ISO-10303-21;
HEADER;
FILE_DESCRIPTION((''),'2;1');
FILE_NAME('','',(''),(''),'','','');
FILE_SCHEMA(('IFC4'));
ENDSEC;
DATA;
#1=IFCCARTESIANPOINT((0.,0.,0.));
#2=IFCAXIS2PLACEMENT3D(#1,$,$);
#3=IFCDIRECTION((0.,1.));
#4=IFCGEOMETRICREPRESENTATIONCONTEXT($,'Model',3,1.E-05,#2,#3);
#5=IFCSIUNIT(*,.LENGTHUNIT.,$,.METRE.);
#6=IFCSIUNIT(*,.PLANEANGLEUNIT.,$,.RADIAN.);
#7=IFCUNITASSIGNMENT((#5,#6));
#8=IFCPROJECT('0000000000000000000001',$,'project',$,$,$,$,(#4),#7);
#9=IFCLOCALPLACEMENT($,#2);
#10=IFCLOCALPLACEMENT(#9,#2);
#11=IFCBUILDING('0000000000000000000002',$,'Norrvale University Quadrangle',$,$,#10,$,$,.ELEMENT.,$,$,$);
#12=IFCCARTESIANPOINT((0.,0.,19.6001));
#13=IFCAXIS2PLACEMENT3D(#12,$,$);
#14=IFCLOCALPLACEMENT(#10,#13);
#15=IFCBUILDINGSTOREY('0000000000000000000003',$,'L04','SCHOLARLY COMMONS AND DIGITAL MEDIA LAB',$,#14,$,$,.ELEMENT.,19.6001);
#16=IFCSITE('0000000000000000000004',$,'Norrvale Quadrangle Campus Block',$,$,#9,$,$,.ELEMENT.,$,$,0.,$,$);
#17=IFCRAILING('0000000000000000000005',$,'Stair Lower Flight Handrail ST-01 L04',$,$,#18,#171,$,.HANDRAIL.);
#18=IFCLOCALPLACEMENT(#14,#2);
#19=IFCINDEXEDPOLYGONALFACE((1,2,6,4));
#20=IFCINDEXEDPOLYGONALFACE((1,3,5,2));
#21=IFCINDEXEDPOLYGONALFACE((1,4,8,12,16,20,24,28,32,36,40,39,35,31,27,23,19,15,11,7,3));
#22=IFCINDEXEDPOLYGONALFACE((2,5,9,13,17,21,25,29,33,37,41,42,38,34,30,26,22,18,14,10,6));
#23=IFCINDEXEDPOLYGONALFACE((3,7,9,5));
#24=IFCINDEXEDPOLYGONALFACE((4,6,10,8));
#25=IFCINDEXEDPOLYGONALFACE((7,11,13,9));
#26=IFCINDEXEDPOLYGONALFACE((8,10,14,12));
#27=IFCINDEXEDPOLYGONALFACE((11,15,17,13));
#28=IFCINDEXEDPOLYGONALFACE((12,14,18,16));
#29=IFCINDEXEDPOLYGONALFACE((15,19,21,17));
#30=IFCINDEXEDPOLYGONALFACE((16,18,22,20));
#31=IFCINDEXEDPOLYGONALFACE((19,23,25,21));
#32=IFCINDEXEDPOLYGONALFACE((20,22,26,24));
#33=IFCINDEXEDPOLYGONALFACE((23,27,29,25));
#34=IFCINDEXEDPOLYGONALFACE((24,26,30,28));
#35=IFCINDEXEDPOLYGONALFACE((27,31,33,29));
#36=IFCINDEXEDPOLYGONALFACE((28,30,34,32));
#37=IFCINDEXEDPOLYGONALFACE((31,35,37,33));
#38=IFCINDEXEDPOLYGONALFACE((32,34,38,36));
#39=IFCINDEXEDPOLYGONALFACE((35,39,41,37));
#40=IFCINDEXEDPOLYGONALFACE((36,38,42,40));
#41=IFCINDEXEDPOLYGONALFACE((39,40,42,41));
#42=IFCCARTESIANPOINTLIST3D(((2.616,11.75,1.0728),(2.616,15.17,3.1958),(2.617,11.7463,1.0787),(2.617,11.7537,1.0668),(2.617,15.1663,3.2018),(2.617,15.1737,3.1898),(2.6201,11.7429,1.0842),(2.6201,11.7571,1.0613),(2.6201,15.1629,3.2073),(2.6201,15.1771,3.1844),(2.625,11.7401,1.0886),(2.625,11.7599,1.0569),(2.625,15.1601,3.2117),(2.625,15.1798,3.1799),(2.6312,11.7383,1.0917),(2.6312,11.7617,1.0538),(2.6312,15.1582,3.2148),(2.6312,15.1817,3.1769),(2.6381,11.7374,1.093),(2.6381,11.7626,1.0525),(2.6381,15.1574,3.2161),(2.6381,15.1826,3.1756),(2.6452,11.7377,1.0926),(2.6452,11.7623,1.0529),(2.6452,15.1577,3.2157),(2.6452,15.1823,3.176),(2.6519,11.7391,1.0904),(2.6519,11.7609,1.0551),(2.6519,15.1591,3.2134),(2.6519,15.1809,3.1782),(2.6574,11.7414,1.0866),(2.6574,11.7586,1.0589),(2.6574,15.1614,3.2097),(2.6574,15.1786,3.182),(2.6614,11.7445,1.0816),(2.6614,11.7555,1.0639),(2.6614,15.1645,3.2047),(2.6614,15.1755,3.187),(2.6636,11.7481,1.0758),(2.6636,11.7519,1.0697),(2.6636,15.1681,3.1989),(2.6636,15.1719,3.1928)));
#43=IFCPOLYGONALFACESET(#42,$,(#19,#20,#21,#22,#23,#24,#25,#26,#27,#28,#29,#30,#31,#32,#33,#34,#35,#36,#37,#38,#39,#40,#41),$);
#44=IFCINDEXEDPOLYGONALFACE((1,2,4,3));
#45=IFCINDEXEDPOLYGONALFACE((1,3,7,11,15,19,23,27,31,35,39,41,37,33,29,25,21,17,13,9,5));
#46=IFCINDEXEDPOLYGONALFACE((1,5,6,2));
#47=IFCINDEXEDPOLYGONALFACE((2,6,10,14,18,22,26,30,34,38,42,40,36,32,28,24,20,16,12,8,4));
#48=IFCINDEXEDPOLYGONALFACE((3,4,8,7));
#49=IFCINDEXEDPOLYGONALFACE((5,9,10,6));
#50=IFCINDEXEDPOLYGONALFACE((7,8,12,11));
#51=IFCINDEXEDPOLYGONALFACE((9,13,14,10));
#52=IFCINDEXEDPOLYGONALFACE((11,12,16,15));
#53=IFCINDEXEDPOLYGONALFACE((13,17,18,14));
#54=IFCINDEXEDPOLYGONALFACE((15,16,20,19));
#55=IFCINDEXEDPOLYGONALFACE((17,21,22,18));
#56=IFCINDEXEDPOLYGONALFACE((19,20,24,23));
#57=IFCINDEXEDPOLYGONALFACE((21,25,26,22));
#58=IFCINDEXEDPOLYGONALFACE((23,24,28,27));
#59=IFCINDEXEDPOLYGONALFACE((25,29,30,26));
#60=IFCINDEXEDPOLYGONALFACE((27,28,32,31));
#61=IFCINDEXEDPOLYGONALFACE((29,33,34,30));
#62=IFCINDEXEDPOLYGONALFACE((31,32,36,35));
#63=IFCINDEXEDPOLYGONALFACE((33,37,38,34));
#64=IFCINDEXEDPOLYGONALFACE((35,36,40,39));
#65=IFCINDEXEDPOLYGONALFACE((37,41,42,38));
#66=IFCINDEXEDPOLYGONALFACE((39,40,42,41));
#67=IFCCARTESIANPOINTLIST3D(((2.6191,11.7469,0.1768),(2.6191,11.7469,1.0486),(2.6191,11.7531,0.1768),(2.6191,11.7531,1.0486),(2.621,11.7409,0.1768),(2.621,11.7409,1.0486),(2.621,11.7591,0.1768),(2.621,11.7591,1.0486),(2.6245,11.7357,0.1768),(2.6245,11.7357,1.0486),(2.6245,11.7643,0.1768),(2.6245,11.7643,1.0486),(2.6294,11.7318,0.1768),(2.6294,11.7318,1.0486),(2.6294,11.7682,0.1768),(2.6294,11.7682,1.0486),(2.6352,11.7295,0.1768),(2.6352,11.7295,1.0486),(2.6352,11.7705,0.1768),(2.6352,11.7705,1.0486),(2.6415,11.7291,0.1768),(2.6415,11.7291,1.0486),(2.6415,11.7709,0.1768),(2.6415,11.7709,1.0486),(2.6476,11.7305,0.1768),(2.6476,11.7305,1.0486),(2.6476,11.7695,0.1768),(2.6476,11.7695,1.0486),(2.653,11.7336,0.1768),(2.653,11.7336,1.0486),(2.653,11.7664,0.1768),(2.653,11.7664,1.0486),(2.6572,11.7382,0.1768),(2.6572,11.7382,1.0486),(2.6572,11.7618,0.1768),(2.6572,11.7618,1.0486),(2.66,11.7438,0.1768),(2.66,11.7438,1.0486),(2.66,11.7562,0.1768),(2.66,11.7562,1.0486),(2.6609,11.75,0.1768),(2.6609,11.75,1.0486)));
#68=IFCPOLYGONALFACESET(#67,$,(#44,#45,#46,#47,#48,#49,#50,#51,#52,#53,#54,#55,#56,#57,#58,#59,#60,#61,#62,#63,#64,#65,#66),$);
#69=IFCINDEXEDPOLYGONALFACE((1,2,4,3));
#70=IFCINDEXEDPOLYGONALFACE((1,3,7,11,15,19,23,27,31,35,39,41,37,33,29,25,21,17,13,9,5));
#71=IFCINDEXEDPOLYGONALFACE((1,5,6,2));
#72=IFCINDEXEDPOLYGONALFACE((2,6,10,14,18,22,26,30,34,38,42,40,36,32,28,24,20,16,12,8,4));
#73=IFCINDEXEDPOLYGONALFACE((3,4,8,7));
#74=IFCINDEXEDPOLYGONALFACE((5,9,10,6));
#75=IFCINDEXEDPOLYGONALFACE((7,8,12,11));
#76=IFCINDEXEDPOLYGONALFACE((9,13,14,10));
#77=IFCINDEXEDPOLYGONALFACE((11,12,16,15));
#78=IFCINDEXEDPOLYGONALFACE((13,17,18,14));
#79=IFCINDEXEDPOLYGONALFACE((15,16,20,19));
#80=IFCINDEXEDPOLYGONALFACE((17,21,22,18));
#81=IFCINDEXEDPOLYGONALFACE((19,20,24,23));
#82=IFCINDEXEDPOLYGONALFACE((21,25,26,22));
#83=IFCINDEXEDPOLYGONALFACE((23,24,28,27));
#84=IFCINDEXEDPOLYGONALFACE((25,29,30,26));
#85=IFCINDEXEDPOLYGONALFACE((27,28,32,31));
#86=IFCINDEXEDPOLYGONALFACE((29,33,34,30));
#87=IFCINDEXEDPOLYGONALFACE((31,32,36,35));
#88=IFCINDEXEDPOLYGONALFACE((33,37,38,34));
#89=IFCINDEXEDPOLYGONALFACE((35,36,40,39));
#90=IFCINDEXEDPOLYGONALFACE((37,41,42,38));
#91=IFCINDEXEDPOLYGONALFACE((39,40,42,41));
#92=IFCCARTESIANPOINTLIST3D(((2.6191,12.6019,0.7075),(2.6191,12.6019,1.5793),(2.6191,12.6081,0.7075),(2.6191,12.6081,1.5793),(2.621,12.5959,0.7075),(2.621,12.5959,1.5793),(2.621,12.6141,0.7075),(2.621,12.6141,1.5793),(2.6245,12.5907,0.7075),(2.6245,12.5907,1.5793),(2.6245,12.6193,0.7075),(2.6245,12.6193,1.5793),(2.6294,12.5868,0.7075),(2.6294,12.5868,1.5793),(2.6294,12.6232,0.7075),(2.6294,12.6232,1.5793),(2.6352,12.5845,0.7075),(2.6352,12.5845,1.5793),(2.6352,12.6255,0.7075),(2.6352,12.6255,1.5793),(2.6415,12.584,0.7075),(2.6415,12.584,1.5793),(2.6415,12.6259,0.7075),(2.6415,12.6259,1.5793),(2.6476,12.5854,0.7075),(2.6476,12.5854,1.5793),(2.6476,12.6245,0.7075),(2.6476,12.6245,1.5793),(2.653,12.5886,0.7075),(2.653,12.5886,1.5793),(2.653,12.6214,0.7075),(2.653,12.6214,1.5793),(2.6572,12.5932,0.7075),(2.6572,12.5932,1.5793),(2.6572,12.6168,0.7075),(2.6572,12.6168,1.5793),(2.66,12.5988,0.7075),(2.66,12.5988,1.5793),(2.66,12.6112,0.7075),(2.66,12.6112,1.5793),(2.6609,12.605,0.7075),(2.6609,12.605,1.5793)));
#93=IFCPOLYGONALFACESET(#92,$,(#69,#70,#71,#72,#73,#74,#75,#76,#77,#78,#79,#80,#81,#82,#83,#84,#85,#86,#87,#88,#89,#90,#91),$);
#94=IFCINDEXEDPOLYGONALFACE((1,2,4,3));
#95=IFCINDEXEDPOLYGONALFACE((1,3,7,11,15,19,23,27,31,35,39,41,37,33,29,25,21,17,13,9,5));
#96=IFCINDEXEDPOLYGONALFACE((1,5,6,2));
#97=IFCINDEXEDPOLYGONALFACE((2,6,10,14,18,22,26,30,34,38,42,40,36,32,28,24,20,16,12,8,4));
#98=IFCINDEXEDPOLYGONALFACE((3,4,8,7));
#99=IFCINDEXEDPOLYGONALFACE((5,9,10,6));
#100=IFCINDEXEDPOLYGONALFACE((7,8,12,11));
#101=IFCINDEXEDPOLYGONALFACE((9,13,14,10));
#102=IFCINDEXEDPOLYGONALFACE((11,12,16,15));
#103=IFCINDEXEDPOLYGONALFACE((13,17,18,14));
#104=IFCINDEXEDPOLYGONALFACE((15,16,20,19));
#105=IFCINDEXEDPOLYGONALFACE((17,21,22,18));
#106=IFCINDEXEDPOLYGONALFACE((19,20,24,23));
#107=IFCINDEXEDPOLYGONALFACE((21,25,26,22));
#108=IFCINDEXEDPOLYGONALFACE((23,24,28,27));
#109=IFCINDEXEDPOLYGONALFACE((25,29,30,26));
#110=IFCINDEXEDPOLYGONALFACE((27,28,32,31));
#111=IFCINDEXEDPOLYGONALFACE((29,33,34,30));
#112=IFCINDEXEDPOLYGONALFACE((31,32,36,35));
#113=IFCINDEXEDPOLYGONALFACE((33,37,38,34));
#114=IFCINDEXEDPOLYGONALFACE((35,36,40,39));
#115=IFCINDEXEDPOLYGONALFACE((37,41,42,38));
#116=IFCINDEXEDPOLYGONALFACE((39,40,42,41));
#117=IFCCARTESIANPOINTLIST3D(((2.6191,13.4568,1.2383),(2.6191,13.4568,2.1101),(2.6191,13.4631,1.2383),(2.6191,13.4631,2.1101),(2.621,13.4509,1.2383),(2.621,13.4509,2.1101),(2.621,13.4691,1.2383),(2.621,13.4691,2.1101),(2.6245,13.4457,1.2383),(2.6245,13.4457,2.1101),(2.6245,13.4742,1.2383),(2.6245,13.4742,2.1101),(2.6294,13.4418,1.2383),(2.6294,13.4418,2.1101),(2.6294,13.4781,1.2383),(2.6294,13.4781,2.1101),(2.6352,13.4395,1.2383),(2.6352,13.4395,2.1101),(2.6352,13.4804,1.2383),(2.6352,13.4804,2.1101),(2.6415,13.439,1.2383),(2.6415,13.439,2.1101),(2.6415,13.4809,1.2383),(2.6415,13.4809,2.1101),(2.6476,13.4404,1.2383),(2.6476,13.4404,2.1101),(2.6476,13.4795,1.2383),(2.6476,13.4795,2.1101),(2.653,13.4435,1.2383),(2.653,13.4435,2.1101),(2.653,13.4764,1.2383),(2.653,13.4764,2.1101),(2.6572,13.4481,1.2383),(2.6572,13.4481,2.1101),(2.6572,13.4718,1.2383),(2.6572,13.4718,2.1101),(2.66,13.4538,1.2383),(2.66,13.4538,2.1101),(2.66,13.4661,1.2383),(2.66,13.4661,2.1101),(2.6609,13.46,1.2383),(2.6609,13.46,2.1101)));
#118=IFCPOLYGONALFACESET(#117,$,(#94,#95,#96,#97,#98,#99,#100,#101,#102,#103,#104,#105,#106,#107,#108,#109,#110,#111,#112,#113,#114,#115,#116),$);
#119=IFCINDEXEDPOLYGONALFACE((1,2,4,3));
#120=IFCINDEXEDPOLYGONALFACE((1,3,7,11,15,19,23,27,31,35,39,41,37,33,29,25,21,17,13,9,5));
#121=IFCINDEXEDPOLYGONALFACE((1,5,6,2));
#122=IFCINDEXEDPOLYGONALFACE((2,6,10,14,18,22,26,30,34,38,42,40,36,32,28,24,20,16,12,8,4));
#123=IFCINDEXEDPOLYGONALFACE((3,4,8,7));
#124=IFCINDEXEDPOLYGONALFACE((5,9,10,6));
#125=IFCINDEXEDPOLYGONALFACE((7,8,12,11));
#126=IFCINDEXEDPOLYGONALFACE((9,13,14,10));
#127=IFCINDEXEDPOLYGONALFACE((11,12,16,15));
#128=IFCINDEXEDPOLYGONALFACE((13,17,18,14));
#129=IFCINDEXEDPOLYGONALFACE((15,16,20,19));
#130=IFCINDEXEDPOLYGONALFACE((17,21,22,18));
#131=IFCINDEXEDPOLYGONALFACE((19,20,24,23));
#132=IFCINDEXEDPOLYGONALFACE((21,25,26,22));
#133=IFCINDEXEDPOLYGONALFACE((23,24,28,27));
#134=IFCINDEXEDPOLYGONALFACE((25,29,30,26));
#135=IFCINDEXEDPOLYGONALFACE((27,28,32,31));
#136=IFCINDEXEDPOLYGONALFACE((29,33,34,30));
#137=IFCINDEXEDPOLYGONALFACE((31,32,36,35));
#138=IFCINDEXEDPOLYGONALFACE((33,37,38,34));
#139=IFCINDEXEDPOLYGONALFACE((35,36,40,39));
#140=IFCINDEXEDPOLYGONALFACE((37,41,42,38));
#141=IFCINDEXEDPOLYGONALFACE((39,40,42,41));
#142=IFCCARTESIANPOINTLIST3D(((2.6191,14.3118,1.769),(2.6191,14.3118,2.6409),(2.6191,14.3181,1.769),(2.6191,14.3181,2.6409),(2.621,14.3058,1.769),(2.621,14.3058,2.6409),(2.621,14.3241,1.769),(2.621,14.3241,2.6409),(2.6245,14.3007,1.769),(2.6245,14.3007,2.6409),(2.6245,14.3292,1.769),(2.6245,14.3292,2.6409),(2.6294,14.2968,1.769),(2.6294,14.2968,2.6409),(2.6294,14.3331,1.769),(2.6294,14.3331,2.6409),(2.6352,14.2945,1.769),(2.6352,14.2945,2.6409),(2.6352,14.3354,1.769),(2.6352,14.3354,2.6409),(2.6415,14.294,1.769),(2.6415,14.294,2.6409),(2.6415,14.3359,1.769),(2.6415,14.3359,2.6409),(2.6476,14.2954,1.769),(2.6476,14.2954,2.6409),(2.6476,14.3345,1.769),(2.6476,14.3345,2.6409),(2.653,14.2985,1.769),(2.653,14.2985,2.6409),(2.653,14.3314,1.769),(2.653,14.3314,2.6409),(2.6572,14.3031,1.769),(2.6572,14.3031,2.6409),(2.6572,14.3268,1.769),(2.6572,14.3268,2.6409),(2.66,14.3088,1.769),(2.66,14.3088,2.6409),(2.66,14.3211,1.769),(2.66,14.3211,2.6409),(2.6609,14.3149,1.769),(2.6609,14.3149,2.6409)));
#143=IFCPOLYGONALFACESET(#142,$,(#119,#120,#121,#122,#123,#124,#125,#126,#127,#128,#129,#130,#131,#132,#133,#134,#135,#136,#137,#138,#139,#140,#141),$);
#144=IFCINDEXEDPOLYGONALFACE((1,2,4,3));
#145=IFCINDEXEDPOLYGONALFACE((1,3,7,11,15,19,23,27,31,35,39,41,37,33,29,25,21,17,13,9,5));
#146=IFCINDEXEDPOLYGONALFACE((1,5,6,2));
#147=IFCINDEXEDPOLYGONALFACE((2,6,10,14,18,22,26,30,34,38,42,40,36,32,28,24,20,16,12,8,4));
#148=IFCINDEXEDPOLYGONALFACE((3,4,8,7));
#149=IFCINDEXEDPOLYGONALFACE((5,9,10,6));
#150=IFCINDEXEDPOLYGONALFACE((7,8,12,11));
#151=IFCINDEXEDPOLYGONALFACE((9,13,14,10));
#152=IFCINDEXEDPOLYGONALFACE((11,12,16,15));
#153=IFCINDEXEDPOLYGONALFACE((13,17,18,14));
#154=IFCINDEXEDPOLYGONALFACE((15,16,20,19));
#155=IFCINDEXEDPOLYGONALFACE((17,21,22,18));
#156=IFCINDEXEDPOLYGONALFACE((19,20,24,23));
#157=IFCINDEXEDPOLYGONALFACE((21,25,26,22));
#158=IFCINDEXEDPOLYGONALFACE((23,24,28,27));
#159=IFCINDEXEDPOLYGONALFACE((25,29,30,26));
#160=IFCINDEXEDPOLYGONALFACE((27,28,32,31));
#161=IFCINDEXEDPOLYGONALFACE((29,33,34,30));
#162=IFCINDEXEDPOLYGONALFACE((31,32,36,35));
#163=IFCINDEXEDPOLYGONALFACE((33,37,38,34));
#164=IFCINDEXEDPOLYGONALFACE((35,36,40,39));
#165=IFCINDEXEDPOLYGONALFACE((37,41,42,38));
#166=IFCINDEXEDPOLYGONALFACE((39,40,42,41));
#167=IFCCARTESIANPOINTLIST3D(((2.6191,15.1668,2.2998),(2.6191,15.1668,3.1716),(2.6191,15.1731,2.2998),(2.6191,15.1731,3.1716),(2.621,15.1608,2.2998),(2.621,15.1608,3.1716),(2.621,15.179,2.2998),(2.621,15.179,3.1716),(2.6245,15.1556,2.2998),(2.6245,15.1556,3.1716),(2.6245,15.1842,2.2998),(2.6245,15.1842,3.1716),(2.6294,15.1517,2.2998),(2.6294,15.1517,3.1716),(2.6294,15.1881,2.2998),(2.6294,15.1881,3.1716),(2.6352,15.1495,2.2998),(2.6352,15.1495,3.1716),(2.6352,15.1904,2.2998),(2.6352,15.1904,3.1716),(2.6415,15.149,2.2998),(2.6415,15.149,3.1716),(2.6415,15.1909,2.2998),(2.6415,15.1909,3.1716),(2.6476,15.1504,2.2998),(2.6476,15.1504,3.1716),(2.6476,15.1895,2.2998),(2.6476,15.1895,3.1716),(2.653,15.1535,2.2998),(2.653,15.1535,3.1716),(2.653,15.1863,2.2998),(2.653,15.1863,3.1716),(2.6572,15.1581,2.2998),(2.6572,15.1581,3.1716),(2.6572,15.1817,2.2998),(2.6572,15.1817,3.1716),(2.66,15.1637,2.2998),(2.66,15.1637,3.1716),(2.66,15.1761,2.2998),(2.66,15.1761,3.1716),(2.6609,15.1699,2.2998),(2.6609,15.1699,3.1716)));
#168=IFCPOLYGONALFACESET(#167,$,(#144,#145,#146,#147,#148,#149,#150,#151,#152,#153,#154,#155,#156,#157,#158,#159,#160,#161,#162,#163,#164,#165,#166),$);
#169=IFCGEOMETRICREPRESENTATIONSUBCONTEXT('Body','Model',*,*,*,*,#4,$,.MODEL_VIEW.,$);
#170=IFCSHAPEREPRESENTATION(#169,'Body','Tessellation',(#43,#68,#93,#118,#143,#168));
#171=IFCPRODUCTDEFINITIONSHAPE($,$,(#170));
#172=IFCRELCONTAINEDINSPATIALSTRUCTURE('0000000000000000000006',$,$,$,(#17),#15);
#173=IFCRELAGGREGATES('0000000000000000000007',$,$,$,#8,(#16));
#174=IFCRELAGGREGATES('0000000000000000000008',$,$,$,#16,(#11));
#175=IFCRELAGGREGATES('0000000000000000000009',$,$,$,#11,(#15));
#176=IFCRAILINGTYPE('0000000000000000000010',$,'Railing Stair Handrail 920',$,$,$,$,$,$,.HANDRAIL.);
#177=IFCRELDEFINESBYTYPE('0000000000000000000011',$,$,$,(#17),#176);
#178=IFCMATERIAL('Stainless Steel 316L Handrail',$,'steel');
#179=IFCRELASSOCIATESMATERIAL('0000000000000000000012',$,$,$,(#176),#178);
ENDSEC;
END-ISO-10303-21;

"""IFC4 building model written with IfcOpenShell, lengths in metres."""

from ifc_helpers import new_model, si_unit, direction, frame, origin, origin_2d, place, context, subcontext, project, spatial, circle, extrude, material, type_object, element, save


model = new_model("IFC4")

# Units and contexts
model_context = context("Model", 3, precision=1e-05, world=origin(), true_north=direction((0.0, 1.0)))
body_context = subcontext(model_context, "Body", "Model", "MODEL_VIEW")
ifc_project = project(units=[si_unit("LENGTHUNIT", "METRE"), si_unit("PLANEANGLEUNIT", "RADIAN")], contexts=[model_context])

# Site, building, storey
site_placement = place(None, origin())
site = spatial("IfcSite", under=ifc_project, at=site_placement, Name="Norrvale Quadrangle Campus Block", CompositionType="ELEMENT", RefElevation=0.0)
building_placement = place(site_placement, origin())
building = spatial("IfcBuilding", under=site, at=building_placement, Name="Norrvale University Quadrangle", CompositionType="ELEMENT")
storey_placement = place(building_placement, frame((0.0, 0.0, 19.6001)))
storey = spatial("IfcBuildingStorey", under=building, at=storey_placement, Name="L04", Description="SCHOLARLY COMMONS AND DIGITAL MEDIA LAB", CompositionType="ELEMENT", Elevation=19.6001)

# Railing
ifc_material_1 = material(Name="Stainless Steel 316L Handrail", Category="steel")
railing_type_1 = type_object("IfcRailingType", Name="Railing Stair Handrail 920", PredefinedType="HANDRAIL", material=ifc_material_1)
railing_1_placement = place(storey_placement, frame((2.6399, 11.75, 0.1768)))
element("IfcRailing", 1, at=railing_1_placement, inside=storey, type_object=railing_type_1, Name="Stair Lower Flight Handrail ST-01 L04", PredefinedType="HANDRAIL", context=body_context, shape_type="SweptSolid", body=[
    extrude(circle(Radius=0.0239, at=origin_2d()), frame((0.0, 0.0, 0.896), z_axis=(0.0, 0.849603, 0.527423), x_axis=(-1.0, 0.0, 0.0)), (0.0, 0.0, 1.0), 4.0254),
    extrude(circle(Radius=0.021, at=origin_2d()), origin(), (0.0, 0.0, 1.0), 0.8718),
    extrude(circle(Radius=0.021, at=origin_2d()), frame((0.0, 0.855, 0.5308)), (0.0, 0.0, 1.0), 0.8718),
    extrude(circle(Radius=0.021, at=origin_2d()), frame((0.0, 1.71, 1.0615)), (0.0, 0.0, 1.0), 0.8718),
    extrude(circle(Radius=0.021, at=origin_2d()), frame((0.0, 2.5649, 1.5923)), (0.0, 0.0, 1.0), 0.8718),
    extrude(circle(Radius=0.021, at=origin_2d()), frame((0.0, 3.4199, 2.123)), (0.0, 0.0, 1.0), 0.8718),
])

save(model, "model.ifc")
